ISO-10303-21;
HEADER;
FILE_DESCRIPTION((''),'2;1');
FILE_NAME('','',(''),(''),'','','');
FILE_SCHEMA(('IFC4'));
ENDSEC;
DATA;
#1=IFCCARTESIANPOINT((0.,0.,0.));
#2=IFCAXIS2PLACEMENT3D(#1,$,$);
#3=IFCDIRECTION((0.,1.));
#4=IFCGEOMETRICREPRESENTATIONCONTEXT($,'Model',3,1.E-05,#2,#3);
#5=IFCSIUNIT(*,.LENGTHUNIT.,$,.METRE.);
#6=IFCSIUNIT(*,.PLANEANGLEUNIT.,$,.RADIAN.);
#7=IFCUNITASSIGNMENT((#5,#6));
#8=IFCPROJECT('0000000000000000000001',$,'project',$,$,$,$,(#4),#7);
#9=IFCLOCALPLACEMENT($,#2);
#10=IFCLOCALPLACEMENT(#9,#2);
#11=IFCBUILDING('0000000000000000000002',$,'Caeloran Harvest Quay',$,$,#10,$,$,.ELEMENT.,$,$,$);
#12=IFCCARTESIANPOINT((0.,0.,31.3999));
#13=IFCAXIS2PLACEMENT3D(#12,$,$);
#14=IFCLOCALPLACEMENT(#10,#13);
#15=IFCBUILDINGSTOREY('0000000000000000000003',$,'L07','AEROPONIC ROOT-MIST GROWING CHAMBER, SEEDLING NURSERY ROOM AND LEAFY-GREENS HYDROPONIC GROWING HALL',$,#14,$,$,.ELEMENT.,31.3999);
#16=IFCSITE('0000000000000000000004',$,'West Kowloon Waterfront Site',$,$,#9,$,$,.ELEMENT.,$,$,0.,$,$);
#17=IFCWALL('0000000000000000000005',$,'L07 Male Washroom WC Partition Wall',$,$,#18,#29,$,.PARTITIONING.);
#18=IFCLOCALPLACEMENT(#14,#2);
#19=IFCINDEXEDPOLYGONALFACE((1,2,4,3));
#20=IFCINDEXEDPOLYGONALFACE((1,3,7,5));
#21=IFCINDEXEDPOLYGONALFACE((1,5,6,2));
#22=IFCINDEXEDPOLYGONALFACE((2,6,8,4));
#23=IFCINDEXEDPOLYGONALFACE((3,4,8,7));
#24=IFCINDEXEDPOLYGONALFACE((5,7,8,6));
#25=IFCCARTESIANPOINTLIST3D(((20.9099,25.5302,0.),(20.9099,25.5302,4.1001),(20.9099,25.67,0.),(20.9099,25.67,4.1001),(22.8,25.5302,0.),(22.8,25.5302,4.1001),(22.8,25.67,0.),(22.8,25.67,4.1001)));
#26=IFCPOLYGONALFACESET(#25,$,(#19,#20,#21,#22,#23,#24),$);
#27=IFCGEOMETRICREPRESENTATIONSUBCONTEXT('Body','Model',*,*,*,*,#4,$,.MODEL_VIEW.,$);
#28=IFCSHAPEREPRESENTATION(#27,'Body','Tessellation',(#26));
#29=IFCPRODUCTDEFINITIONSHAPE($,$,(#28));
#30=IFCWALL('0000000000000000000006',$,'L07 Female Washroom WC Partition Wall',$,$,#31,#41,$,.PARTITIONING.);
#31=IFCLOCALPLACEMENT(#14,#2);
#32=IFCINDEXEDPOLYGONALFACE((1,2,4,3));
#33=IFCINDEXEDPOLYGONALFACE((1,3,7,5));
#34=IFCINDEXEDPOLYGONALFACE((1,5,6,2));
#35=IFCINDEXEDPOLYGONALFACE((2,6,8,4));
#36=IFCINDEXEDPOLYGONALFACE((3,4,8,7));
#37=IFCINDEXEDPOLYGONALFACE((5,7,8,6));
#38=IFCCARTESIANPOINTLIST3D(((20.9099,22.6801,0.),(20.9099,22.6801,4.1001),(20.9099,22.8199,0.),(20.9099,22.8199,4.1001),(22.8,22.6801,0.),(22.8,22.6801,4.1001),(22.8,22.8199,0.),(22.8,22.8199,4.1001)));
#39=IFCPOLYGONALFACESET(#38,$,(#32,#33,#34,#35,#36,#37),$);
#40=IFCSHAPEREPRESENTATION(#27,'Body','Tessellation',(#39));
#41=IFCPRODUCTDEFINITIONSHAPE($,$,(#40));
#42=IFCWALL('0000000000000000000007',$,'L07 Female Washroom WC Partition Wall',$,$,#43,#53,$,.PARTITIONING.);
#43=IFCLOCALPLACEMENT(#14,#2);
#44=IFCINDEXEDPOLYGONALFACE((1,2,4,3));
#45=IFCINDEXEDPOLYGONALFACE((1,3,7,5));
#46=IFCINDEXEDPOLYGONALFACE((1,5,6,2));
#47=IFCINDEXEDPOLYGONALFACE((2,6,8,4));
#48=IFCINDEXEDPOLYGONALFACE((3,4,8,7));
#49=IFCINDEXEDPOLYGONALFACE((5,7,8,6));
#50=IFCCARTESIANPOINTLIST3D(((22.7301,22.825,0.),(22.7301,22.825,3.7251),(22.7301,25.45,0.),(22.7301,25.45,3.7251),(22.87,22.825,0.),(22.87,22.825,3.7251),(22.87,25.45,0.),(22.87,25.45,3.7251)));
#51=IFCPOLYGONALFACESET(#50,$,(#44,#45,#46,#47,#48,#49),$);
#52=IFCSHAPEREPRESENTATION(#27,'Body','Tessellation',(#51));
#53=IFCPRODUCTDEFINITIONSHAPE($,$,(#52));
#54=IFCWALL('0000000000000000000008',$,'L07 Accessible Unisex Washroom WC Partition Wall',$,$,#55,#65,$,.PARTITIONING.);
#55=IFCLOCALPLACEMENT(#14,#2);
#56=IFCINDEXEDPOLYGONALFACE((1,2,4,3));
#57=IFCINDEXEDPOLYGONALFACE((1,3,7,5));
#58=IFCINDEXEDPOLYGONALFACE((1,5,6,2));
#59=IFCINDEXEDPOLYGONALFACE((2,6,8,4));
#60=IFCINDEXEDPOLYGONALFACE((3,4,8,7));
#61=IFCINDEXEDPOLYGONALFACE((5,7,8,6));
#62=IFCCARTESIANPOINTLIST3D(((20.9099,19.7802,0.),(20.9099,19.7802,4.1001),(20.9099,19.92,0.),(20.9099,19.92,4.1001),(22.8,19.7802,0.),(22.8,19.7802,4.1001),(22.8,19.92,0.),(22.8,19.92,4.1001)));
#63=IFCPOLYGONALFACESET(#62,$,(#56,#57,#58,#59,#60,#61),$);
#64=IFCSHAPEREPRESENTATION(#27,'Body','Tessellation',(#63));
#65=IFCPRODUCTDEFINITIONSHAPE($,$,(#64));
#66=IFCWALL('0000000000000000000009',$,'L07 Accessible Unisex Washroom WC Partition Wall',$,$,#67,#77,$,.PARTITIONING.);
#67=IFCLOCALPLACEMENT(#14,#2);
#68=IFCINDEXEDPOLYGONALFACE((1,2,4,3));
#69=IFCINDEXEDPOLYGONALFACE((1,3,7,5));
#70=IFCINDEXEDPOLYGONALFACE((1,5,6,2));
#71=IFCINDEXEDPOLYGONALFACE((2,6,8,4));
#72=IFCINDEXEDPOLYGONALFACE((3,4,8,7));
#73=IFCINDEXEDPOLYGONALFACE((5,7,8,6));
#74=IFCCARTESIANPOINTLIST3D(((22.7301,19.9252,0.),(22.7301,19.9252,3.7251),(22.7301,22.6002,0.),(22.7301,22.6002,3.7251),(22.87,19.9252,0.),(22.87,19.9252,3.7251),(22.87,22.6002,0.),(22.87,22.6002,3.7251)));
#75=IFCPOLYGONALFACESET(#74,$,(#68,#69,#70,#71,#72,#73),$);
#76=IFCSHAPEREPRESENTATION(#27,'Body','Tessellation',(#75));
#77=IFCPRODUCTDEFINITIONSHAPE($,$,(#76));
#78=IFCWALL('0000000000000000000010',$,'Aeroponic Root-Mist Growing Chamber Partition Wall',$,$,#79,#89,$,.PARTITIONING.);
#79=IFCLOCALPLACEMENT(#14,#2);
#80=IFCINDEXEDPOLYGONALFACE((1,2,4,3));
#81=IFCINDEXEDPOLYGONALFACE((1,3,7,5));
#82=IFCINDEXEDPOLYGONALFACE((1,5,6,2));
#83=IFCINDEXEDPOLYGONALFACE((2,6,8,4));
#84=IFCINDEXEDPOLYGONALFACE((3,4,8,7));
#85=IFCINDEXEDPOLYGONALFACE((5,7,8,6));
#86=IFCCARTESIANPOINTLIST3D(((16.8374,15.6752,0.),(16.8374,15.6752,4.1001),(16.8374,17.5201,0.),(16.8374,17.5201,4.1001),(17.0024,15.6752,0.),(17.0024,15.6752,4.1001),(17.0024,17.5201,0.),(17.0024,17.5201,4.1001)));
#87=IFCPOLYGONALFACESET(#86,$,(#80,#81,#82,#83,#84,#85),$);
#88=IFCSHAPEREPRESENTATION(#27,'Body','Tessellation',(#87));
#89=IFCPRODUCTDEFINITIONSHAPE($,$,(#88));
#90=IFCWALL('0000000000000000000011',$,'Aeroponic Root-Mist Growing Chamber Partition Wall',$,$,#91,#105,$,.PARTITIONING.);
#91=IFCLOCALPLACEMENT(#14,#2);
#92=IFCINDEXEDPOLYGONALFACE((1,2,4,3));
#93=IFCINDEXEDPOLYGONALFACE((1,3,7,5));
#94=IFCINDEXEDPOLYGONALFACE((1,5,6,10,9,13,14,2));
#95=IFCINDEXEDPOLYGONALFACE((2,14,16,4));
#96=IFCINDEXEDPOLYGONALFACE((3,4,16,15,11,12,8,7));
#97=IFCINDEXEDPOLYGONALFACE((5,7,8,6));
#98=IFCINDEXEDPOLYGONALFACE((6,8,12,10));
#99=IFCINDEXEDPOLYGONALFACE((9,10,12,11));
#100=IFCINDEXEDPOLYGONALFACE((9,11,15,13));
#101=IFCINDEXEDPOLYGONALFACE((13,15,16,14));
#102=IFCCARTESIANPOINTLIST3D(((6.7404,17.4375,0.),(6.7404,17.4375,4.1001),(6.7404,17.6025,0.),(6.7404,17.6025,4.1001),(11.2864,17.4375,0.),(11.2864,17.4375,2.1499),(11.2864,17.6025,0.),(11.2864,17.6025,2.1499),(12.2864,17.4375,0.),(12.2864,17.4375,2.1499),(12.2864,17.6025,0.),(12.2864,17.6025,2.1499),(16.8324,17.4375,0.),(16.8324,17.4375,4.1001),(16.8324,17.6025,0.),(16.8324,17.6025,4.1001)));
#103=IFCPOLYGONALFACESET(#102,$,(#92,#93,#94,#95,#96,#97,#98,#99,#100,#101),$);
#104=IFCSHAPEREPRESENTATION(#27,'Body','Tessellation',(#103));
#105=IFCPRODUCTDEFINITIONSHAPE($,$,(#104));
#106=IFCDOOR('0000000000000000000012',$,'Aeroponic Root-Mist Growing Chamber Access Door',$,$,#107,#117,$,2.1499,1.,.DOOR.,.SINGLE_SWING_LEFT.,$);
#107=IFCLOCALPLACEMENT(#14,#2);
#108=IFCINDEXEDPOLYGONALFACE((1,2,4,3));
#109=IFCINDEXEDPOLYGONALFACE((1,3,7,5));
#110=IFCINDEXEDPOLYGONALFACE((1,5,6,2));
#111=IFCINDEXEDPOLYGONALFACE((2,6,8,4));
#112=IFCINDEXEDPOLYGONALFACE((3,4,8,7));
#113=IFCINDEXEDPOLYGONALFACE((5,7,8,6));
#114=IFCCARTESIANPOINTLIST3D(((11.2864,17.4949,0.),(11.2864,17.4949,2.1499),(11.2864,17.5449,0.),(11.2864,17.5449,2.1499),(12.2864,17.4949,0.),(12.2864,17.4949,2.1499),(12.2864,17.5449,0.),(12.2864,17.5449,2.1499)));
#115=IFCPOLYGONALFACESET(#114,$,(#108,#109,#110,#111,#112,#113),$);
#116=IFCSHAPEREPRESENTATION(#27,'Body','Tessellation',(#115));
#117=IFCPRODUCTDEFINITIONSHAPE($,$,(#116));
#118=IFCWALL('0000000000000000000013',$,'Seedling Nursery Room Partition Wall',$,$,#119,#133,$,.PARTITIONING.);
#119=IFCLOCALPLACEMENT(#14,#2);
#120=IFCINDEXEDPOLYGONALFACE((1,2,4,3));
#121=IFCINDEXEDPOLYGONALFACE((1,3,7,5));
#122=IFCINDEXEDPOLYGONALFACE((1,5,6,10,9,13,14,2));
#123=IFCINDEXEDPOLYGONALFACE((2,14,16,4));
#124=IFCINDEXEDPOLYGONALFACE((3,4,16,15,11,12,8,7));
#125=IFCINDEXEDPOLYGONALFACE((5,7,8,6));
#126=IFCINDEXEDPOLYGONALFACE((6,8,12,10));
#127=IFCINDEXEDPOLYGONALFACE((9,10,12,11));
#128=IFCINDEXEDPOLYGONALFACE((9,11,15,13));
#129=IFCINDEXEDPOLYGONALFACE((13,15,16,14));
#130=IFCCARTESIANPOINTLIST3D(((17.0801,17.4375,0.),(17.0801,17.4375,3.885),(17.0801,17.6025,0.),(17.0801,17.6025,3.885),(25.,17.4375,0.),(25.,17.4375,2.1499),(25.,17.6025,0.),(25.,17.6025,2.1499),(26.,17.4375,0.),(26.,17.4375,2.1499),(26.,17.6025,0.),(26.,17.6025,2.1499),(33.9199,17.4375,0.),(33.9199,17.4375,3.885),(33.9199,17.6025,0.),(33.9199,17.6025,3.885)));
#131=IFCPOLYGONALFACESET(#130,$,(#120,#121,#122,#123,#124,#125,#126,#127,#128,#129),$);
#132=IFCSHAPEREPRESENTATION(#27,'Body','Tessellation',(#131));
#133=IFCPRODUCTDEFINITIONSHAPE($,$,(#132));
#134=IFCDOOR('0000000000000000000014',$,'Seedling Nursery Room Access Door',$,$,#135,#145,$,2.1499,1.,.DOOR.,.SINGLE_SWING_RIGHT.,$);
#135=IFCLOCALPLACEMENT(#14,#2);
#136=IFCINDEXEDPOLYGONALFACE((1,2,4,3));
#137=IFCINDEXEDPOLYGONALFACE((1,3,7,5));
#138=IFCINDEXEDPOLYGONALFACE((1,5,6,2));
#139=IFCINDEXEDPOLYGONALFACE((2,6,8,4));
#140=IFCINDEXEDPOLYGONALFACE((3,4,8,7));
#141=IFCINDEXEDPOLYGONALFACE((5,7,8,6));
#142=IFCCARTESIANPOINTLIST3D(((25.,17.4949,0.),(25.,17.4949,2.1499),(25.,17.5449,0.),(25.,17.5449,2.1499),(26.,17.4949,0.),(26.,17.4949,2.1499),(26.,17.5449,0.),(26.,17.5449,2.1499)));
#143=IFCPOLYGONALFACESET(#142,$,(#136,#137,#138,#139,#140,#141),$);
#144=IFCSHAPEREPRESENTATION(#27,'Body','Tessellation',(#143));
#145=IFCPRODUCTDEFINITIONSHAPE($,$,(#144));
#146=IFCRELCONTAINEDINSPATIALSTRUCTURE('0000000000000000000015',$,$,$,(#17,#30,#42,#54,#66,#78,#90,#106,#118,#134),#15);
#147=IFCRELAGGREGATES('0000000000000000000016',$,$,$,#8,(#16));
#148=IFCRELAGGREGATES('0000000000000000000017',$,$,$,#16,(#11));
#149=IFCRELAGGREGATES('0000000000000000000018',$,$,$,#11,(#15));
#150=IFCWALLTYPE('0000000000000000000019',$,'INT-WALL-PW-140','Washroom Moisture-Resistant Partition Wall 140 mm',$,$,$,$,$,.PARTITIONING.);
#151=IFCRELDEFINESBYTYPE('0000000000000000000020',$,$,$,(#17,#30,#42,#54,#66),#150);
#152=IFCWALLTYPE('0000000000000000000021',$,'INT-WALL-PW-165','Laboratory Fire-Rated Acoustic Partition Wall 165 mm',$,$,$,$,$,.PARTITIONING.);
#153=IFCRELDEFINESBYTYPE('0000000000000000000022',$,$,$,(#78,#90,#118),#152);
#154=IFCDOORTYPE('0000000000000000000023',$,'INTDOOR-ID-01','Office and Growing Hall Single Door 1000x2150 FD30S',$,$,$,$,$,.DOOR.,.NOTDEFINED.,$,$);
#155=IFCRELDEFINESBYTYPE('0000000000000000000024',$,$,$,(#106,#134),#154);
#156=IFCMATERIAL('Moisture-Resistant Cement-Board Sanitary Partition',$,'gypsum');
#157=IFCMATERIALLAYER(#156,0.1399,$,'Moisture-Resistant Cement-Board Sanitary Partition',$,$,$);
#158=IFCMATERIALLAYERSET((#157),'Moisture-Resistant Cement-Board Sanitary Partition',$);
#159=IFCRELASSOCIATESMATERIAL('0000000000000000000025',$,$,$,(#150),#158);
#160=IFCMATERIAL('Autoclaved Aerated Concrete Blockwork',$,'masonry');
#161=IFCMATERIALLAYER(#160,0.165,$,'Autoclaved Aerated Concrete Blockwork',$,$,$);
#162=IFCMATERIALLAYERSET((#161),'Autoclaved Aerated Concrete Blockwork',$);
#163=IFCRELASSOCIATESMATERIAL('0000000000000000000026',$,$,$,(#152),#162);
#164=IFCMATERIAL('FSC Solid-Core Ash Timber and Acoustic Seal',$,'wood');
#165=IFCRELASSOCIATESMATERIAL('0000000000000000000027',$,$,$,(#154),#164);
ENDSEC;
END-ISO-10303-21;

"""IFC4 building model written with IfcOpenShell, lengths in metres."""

from ifc_helpers import new_model, si_unit, direction, frame, frame_2d, origin, place, context, subcontext, project, spatial, rectangle, extrude, material, layer, layer_set, type_object, element, fill, save


model = new_model("IFC4")

# Units and contexts
model_context = context("Model", 3, precision=1e-05, world=origin(), true_north=direction((0.0, 1.0)))
body_context = subcontext(model_context, "Body", "Model", "MODEL_VIEW")
ifc_project = project(units=[si_unit("LENGTHUNIT", "METRE"), si_unit("PLANEANGLEUNIT", "RADIAN")], contexts=[model_context])

# Site, building, storey
site_placement = place(None, origin())
site = spatial("IfcSite", under=ifc_project, at=site_placement, Name="West Kowloon Waterfront Site", CompositionType="ELEMENT", RefElevation=0.0)
building_placement = place(site_placement, origin())
building = spatial("IfcBuilding", under=site, at=building_placement, Name="Caeloran Harvest Quay", CompositionType="ELEMENT")
storey_placement = place(building_placement, frame((0.0, 0.0, 31.3999)))
storey = spatial("IfcBuildingStorey", under=building, at=storey_placement, Name="L07", Description="AEROPONIC ROOT-MIST GROWING CHAMBER, SEEDLING NURSERY ROOM AND LEAFY-GREENS HYDROPONIC GROWING HALL", CompositionType="ELEMENT", Elevation=31.3999)

# Wall
ifc_material_1 = material(Name="Moisture-Resistant Cement-Board Sanitary Partition", Category="gypsum")
ifc_layer_1 = layer(ifc_material_1, 0.1399, Name="Moisture-Resistant Cement-Board Sanitary Partition")
ifc_layer_set_1 = layer_set([ifc_layer_1], Name="Moisture-Resistant Cement-Board Sanitary Partition")
wall_type_1 = type_object("IfcWallType", Name="INT-WALL-PW-140", Description="Washroom Moisture-Resistant Partition Wall 140 mm", PredefinedType="PARTITIONING", material=ifc_layer_set_1)
wall_1_placement = place(storey_placement, frame((22.8, 25.6001, 0.0), z_axis=(0.0, 0.0, 1.0), x_axis=(-1.0, 0.0, 0.0)))
element("IfcWall", 1, at=wall_1_placement, inside=storey, type_object=wall_type_1, Name="L07 Male Washroom WC Partition Wall", PredefinedType="PARTITIONING", context=body_context, shape_type="SweptSolid", body=[
    extrude(rectangle(XDim=1.8901, YDim=0.1399, at=frame_2d((0.9451, 0.0))), origin(), (0.0, 0.0, 1.0), 4.1001),
])

# Wall
wall_2_placement = place(storey_placement, frame((22.8, 22.75, 0.0), z_axis=(0.0, 0.0, 1.0), x_axis=(-1.0, 0.0, 0.0)))
element("IfcWall", 2, at=wall_2_placement, inside=storey, type_object=wall_type_1, Name="L07 Female Washroom WC Partition Wall", PredefinedType="PARTITIONING", context=body_context, shape_type="SweptSolid", body=[
    extrude(rectangle(XDim=1.8901, YDim=0.1399, at=frame_2d((0.9451, 0.0))), origin(), (0.0, 0.0, 1.0), 4.1001),
])

# Walls
wall_3_placement = place(storey_placement, frame((22.8, 25.45, 0.0), z_axis=(0.0, 0.0, 1.0), x_axis=(0.0, -1.0, 0.0)))
element("IfcWall", 3, at=wall_3_placement, inside=storey, type_object=wall_type_1, Name="L07 Female Washroom WC Partition Wall", PredefinedType="PARTITIONING", context=body_context, shape_type="SweptSolid", body=[
    extrude(rectangle(XDim=2.625, YDim=0.1399, at=frame_2d((1.3125, 0.0))), origin(), (0.0, 0.0, 1.0), 3.7251),
])
wall_4_placement = place(storey_placement, frame((22.8, 19.8501, 0.0), z_axis=(0.0, 0.0, 1.0), x_axis=(-1.0, 0.0, 0.0)))
element("IfcWall", 4, at=wall_4_placement, inside=storey, type_object=wall_type_1, Name="L07 Accessible Unisex Washroom WC Partition Wall", PredefinedType="PARTITIONING", context=body_context, shape_type="SweptSolid", body=[
    extrude(rectangle(XDim=1.8901, YDim=0.1399, at=frame_2d((0.9451, 0.0))), origin(), (0.0, 0.0, 1.0), 4.1001),
])

# Walls
wall_5_placement = place(storey_placement, frame((22.8, 22.6001, 0.0), z_axis=(0.0, 0.0, 1.0), x_axis=(0.0, -1.0, 0.0)))
element("IfcWall", 5, at=wall_5_placement, inside=storey, type_object=wall_type_1, Name="L07 Accessible Unisex Washroom WC Partition Wall", PredefinedType="PARTITIONING", context=body_context, shape_type="SweptSolid", body=[
    extrude(rectangle(XDim=2.675, YDim=0.1399, at=frame_2d((1.3374, 0.0))), origin(), (0.0, 0.0, 1.0), 3.7251),
])
ifc_material_2 = material(Name="Autoclaved Aerated Concrete Blockwork", Category="masonry")
ifc_layer_2 = layer(ifc_material_2, 0.165, Name="Autoclaved Aerated Concrete Blockwork")
ifc_layer_set_2 = layer_set([ifc_layer_2], Name="Autoclaved Aerated Concrete Blockwork")
wall_type_2 = type_object("IfcWallType", Name="INT-WALL-PW-165", Description="Laboratory Fire-Rated Acoustic Partition Wall 165 mm", PredefinedType="PARTITIONING", material=ifc_layer_set_2)
wall_6_placement = place(storey_placement, frame((16.9199, 17.52, 0.0), z_axis=(0.0, 0.0, 1.0), x_axis=(0.0, -1.0, 0.0)))
element("IfcWall", 6, at=wall_6_placement, inside=storey, type_object=wall_type_2, Name="Aeroponic Root-Mist Growing Chamber Partition Wall", PredefinedType="PARTITIONING", context=body_context, shape_type="SweptSolid", body=[
    extrude(rectangle(XDim=1.845, YDim=0.165, at=frame_2d((0.9224, 0.0))), origin(), (0.0, 0.0, 1.0), 4.1001),
])

# Walls, openings, doors
wall_7_placement = place(storey_placement, frame((6.7405, 17.52, 0.0), z_axis=(0.0, 0.0, 1.0), x_axis=(1.0, 0.0, 0.0)))
wall_7 = element("IfcWall", 7, at=wall_7_placement, inside=storey, type_object=wall_type_2, Name="Aeroponic Root-Mist Growing Chamber Partition Wall", PredefinedType="PARTITIONING", context=body_context, shape_type="SweptSolid", body=[
    extrude(rectangle(XDim=10.092, YDim=0.165, at=frame_2d((5.0459, 0.0))), origin(), (0.0, 0.0, 1.0), 4.1001),
])
opening_1_placement = place(wall_7_placement, frame((4.5459, 0.0, 0.0)))
opening_1 = element("IfcOpeningElement", 8, at=opening_1_placement, cuts=wall_7, PredefinedType="OPENING", context=body_context, shape_type="SweptSolid", body=[
    extrude(rectangle(XDim=1.0, YDim=2.1499, at=frame_2d((0.5, 1.075))), frame((0.0, 0.0925, 0.0), z_axis=(0.0, -1.0, 0.0), x_axis=(1.0, 0.0, 0.0)), (0.0, 0.0, 1.0), 0.1851),
])
ifc_material_3 = material(Name="FSC Solid-Core Ash Timber and Acoustic Seal", Category="wood")
door_type_1 = type_object("IfcDoorType", Name="INTDOOR-ID-01", Description="Office and Growing Hall Single Door 1000x2150 FD30S", OperationType="NOTDEFINED", PredefinedType="DOOR", material=ifc_material_3)
door_1_placement = place(opening_1_placement, origin())
door_1 = element("IfcDoor", 9, at=door_1_placement, inside=storey, type_object=door_type_1, Name="Aeroponic Root-Mist Growing Chamber Access Door", OperationType="SINGLE_SWING_LEFT", OverallHeight=2.1499, OverallWidth=1.0, PredefinedType="DOOR", context=body_context, shape_type="SweptSolid", body=[
    extrude(rectangle(XDim=1.0, YDim=2.1499, at=frame_2d((0.5, 1.075))), frame((0.0, 0.0249, 0.0), z_axis=(0.0, -1.0, 0.0), x_axis=(1.0, 0.0, 0.0)), (0.0, 0.0, 1.0), 0.05),
])
fill(opening_1, door_1)
wall_8_placement = place(storey_placement, frame((17.0801, 17.52, 0.0), z_axis=(0.0, 0.0, 1.0), x_axis=(1.0, 0.0, 0.0)))
wall_8 = element("IfcWall", 10, at=wall_8_placement, inside=storey, type_object=wall_type_2, Name="Seedling Nursery Room Partition Wall", PredefinedType="PARTITIONING", context=body_context, shape_type="SweptSolid", body=[
    extrude(rectangle(XDim=16.8398, YDim=0.165, at=frame_2d((8.4199, 0.0))), origin(), (0.0, 0.0, 1.0), 3.885),
])
opening_2_placement = place(wall_8_placement, frame((7.9199, 0.0, 0.0)))
opening_2 = element("IfcOpeningElement", 11, at=opening_2_placement, cuts=wall_8, PredefinedType="OPENING", context=body_context, shape_type="SweptSolid", body=[
    extrude(rectangle(XDim=1.0, YDim=2.1499, at=frame_2d((0.5, 1.075))), frame((0.0, 0.0925, 0.0), z_axis=(0.0, -1.0, 0.0), x_axis=(1.0, 0.0, 0.0)), (0.0, 0.0, 1.0), 0.1851),
])
door_2_placement = place(opening_2_placement, origin())
door_2 = element("IfcDoor", 12, at=door_2_placement, inside=storey, type_object=door_type_1, Name="Seedling Nursery Room Access Door", OperationType="SINGLE_SWING_RIGHT", OverallHeight=2.1499, OverallWidth=1.0, PredefinedType="DOOR", context=body_context, shape_type="SweptSolid", body=[
    extrude(rectangle(XDim=1.0, YDim=2.1499, at=frame_2d((0.5, 1.075))), frame((0.0, 0.0249, 0.0), z_axis=(0.0, -1.0, 0.0), x_axis=(1.0, 0.0, 0.0)), (0.0, 0.0, 1.0), 0.05),
])
fill(opening_2, door_2)

save(model, "model.ifc")
